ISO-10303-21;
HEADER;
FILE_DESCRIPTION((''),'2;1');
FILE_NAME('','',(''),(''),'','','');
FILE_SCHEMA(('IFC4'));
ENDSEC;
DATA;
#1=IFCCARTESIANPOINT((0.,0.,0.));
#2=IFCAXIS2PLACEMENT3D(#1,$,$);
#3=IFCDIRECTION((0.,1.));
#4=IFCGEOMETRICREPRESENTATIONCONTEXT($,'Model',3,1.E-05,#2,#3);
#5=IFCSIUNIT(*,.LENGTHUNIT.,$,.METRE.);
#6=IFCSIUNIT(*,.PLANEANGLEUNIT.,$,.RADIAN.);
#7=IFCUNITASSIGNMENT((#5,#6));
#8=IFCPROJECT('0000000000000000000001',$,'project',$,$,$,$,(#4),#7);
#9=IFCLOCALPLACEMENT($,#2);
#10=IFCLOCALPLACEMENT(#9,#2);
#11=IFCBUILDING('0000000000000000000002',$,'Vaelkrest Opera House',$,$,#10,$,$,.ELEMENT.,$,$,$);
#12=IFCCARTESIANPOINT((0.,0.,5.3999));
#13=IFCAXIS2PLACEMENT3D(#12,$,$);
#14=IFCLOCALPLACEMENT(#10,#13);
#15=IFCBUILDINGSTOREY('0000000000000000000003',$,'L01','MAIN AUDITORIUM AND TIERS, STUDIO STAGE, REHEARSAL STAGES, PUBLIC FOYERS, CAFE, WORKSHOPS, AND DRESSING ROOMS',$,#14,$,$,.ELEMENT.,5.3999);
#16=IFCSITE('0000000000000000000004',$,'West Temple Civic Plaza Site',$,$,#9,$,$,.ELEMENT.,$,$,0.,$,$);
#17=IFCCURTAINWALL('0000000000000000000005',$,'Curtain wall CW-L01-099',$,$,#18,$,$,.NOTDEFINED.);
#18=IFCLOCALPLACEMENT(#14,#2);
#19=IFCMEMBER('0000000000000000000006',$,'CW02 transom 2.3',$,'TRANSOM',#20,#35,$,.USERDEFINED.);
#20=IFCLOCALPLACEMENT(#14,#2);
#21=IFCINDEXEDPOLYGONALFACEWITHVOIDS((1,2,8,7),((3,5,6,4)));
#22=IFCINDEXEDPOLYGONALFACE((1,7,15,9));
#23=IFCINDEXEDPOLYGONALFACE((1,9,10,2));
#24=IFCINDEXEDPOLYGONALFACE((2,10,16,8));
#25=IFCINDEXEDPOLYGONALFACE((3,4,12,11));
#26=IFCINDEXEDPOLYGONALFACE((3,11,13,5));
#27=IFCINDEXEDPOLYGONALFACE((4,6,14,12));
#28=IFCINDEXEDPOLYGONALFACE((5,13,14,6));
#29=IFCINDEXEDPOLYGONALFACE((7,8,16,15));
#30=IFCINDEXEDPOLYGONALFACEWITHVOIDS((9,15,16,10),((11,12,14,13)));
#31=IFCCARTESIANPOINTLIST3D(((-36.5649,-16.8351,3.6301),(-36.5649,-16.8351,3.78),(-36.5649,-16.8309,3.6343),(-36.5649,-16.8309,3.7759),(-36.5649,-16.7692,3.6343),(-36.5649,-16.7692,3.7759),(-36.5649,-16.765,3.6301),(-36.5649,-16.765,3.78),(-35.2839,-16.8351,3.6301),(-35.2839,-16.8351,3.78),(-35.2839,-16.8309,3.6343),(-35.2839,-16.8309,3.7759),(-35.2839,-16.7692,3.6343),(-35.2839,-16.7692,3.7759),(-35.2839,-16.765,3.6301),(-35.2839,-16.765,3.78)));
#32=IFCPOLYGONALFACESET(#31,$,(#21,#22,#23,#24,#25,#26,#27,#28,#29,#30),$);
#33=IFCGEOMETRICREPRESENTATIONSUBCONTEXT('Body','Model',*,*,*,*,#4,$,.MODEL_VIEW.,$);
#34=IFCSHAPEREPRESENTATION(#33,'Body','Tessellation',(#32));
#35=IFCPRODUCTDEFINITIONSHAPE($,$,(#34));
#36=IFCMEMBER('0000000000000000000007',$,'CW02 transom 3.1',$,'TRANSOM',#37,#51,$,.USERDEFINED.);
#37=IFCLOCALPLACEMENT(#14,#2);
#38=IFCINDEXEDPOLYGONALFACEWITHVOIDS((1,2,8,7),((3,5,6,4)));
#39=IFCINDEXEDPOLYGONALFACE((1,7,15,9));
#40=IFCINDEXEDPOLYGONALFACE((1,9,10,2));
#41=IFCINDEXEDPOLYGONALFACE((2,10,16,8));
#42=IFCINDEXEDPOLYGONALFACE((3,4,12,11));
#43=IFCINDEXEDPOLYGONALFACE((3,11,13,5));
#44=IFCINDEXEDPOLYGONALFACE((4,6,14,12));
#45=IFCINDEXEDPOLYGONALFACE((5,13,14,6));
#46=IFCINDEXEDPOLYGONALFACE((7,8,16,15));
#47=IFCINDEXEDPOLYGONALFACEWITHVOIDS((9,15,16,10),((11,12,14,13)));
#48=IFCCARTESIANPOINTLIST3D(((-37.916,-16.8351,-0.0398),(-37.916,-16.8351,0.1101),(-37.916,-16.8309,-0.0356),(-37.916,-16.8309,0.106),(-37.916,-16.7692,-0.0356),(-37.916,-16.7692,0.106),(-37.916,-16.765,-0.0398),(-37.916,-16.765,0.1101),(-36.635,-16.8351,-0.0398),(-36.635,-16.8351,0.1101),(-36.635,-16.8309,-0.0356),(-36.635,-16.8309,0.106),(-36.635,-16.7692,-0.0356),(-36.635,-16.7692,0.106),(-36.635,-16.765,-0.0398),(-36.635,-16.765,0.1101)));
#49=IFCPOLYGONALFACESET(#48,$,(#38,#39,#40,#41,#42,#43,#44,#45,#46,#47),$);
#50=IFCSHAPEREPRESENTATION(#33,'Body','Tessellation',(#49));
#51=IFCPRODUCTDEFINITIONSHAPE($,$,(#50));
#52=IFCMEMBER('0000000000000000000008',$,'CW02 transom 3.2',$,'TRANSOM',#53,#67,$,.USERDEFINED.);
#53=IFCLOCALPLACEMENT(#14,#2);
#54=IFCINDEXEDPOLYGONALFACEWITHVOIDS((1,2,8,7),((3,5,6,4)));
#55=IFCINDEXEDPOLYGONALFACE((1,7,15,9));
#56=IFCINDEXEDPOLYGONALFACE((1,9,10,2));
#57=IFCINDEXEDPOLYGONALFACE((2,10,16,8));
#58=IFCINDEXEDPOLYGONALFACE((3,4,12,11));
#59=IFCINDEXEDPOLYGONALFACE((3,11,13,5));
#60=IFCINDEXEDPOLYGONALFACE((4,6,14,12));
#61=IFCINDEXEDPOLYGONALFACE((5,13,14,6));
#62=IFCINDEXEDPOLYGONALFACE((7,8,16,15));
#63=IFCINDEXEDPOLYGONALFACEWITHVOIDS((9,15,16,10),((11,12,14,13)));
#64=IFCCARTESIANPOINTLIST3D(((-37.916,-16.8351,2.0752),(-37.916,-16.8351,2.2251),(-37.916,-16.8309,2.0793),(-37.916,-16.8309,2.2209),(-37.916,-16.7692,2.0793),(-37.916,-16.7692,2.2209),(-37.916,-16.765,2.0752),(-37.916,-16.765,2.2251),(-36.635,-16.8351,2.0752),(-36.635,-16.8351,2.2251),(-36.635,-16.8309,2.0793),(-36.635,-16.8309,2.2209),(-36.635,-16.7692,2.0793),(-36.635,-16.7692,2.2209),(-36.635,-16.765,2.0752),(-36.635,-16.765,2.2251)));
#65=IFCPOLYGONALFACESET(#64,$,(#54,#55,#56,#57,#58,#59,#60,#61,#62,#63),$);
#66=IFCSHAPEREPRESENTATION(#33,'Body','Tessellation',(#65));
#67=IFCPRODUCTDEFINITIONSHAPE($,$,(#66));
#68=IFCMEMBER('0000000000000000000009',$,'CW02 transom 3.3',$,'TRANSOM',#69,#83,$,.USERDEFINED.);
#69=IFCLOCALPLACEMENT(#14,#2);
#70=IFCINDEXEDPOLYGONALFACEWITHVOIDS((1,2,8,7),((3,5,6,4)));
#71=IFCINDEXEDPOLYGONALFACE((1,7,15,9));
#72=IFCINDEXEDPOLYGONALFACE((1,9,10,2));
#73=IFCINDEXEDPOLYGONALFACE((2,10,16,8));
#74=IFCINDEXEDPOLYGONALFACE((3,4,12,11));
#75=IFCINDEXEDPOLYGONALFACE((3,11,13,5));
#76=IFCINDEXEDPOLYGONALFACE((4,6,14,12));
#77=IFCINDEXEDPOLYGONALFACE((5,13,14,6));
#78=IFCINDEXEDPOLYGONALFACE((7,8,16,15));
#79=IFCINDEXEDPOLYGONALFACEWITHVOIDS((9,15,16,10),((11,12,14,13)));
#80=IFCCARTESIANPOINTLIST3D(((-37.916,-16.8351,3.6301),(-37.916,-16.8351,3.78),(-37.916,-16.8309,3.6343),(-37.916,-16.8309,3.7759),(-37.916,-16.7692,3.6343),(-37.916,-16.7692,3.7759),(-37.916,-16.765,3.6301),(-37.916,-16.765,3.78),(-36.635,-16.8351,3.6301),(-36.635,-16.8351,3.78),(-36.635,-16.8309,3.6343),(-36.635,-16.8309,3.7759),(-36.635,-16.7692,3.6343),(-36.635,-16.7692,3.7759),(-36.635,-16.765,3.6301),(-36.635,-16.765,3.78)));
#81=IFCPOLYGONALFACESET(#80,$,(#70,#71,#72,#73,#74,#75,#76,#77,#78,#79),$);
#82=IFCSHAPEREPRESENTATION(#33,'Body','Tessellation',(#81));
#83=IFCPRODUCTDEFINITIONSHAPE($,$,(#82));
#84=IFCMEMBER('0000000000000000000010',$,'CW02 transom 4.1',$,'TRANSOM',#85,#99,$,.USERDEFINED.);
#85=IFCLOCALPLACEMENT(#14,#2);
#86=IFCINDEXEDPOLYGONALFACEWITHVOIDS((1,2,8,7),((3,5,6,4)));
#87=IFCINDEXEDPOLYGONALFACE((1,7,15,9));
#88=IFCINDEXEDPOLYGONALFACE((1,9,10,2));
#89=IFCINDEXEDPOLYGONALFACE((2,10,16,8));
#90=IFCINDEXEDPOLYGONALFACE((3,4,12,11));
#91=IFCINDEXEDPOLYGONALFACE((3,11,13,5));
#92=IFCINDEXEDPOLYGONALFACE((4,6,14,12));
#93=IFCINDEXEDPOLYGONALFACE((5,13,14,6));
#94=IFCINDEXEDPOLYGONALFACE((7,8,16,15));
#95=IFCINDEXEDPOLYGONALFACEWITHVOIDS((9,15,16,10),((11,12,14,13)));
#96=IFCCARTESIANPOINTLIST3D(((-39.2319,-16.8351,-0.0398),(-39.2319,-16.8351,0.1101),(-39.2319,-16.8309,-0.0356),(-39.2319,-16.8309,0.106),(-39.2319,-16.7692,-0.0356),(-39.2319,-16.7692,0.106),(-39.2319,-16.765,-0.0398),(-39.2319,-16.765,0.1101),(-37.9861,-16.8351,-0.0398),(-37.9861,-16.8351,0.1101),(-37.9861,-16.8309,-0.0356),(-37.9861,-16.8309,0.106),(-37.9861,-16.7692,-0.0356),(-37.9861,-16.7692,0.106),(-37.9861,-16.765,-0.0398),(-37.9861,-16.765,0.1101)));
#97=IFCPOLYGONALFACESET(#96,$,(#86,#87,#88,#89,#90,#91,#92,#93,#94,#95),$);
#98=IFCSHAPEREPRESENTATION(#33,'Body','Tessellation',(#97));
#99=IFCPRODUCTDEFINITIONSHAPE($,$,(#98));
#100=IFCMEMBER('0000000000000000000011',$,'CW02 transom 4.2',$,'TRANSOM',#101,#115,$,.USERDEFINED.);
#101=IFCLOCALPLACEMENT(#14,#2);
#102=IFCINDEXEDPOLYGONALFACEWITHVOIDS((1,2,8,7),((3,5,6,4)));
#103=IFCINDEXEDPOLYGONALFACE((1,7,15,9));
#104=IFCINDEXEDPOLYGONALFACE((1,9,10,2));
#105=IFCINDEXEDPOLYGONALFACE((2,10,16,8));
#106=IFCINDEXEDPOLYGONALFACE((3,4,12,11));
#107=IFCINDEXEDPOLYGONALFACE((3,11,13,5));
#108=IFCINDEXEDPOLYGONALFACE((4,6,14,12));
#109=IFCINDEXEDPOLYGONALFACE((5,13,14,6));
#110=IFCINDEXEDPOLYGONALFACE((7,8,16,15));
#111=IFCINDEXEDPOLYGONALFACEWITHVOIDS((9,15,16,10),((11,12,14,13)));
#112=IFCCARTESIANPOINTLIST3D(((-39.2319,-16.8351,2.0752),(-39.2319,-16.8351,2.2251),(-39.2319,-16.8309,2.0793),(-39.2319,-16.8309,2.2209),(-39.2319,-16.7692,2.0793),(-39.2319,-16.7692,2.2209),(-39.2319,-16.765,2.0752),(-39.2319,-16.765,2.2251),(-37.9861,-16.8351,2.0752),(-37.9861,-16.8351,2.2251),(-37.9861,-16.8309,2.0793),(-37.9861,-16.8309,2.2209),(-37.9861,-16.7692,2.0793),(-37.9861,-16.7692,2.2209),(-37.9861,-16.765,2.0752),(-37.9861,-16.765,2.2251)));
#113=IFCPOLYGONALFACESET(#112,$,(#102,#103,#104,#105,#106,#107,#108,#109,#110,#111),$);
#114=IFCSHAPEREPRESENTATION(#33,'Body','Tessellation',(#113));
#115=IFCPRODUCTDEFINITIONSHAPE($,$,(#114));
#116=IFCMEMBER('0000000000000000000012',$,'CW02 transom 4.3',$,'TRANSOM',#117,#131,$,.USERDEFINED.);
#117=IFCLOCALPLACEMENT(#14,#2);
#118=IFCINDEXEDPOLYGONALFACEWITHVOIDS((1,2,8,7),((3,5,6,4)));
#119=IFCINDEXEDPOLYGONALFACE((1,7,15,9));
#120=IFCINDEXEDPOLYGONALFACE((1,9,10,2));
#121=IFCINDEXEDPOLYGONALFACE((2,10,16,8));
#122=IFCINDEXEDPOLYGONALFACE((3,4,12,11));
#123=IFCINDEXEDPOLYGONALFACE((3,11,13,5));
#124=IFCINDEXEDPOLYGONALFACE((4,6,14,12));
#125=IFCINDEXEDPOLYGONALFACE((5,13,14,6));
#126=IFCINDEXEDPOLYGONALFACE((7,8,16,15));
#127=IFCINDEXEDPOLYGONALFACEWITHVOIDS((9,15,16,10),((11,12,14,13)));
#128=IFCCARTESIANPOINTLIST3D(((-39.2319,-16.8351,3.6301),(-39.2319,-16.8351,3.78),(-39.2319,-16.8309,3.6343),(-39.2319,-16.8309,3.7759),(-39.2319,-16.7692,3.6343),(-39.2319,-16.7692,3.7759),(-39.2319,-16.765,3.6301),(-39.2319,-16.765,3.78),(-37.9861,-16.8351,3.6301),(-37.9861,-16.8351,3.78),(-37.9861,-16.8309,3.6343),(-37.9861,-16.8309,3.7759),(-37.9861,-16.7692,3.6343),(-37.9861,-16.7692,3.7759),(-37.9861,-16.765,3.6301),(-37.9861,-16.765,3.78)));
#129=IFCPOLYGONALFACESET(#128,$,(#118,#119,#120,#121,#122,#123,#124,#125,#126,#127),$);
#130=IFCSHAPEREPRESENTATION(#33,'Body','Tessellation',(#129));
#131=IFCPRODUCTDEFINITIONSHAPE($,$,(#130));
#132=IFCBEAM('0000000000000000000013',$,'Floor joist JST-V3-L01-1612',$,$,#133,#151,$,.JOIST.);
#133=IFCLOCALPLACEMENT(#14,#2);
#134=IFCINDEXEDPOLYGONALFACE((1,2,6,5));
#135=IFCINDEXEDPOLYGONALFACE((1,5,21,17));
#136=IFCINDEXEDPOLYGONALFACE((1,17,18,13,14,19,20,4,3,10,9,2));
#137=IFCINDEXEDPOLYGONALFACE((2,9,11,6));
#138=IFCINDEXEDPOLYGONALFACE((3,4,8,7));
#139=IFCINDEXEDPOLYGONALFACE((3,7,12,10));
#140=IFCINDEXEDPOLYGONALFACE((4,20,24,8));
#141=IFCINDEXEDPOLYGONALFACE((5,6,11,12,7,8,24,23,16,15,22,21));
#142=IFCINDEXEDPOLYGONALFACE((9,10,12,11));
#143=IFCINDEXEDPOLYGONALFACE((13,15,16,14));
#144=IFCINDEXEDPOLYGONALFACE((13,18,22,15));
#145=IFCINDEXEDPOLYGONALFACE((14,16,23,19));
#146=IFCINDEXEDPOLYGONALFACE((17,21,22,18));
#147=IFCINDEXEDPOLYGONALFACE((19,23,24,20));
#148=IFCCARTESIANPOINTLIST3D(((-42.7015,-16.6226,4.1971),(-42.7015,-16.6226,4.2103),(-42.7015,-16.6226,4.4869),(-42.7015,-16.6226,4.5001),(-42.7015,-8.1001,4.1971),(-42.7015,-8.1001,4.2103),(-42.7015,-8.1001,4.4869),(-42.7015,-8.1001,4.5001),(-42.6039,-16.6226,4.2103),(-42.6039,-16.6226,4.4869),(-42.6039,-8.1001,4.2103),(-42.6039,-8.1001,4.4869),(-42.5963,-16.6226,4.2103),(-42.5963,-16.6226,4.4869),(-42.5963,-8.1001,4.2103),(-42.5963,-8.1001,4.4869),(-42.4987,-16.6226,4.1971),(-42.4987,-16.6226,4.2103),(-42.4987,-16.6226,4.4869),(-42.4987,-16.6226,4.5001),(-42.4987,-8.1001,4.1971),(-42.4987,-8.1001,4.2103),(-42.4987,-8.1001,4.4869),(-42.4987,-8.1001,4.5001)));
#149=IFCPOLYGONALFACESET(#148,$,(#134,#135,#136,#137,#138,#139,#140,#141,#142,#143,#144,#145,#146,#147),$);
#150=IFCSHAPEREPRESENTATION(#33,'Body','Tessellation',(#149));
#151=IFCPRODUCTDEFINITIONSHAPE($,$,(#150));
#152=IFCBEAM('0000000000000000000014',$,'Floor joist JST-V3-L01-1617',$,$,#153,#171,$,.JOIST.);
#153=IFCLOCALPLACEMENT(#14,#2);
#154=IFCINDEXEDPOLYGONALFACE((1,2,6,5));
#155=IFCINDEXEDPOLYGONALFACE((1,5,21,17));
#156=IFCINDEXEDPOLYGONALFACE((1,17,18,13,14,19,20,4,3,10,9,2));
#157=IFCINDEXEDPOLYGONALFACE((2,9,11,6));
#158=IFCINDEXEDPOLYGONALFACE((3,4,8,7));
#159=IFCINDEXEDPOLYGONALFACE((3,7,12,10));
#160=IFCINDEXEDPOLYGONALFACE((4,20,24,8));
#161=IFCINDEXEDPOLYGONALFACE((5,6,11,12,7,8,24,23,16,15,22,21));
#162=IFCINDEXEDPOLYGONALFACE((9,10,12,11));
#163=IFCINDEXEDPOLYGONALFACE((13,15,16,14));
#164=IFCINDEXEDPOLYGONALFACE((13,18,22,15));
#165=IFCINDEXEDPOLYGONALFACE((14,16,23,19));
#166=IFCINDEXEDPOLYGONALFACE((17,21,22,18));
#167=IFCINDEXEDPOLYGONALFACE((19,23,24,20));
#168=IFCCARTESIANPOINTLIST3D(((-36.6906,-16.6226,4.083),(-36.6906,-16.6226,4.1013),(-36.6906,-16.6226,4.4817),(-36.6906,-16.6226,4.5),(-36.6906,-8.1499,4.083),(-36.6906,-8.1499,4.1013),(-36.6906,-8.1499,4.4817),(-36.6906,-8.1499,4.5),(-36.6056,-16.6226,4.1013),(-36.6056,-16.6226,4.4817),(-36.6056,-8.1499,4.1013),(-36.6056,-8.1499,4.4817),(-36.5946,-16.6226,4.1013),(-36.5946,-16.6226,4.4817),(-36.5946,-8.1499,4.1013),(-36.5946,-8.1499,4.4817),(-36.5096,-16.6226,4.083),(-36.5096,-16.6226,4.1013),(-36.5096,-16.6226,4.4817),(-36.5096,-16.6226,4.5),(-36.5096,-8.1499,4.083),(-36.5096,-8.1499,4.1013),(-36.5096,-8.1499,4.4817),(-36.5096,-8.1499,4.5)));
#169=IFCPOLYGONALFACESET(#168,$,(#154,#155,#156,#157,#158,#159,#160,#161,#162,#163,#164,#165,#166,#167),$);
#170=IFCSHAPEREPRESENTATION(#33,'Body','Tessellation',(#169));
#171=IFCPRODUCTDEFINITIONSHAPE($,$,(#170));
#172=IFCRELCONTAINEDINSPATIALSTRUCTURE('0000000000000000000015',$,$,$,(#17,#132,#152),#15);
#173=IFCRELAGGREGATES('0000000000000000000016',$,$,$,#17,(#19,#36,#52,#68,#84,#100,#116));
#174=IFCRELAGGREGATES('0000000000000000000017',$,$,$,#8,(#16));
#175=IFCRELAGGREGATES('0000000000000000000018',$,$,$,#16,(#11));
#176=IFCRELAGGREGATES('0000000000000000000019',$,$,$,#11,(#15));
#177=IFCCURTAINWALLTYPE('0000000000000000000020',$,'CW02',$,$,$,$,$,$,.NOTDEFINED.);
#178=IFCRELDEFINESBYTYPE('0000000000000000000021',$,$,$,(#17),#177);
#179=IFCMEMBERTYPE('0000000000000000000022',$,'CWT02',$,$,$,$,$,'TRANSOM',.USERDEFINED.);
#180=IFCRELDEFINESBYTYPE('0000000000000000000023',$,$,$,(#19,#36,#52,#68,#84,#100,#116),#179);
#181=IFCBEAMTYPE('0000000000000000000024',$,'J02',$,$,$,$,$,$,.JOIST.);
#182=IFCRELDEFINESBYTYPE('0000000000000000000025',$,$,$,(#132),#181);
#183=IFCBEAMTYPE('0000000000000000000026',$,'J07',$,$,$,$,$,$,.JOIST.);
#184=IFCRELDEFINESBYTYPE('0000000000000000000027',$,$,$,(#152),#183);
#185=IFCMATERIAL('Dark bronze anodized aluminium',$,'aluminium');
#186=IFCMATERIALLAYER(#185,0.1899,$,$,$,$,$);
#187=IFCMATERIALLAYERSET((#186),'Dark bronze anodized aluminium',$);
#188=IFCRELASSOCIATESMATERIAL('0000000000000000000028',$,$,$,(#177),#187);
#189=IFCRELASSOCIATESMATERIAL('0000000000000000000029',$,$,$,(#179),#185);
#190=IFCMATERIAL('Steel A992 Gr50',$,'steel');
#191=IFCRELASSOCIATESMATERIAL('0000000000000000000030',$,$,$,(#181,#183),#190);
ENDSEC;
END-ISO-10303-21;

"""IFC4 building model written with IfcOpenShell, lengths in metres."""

from ifc_helpers import new_model, si_unit, direction, frame, origin, origin_2d, place, context, subcontext, project, spatial, hollow_rectangle, i_section, extrude, material, layer, layer_set, material_profile, profile_set, type_object, element, aggregate, save


model = new_model("IFC4")

# Units and contexts
model_context = context("Model", 3, precision=1e-05, world=origin(), true_north=direction((0.0, 1.0)))
body_context = subcontext(model_context, "Body", "Model", "MODEL_VIEW")
ifc_project = project(units=[si_unit("LENGTHUNIT", "METRE"), si_unit("PLANEANGLEUNIT", "RADIAN")], contexts=[model_context])

# Site, building, storey
site_placement = place(None, origin())
site = spatial("IfcSite", under=ifc_project, at=site_placement, Name="West Temple Civic Plaza Site", CompositionType="ELEMENT", RefElevation=0.0)
building_placement = place(site_placement, origin())
building = spatial("IfcBuilding", under=site, at=building_placement, Name="Vaelkrest Opera House", CompositionType="ELEMENT")
storey_placement = place(building_placement, frame((0.0, 0.0, 5.3999)))
storey = spatial("IfcBuildingStorey", under=building, at=storey_placement, Name="L01", Description="MAIN AUDITORIUM AND TIERS, STUDIO STAGE, REHEARSAL STAGES, PUBLIC FOYERS, CAFE, WORKSHOPS, AND DRESSING ROOMS", CompositionType="ELEMENT", Elevation=5.3999)

# Curtain wall, members
ifc_material_1 = material(Name="Dark bronze anodized aluminium", Category="aluminium")
ifc_layer_1 = layer(ifc_material_1, 0.1899)
ifc_layer_set_1 = layer_set([ifc_layer_1], Name="Dark bronze anodized aluminium")
curtain_wall_type = type_object("IfcCurtainWallType", Name="CW02", PredefinedType="NOTDEFINED", material=ifc_layer_set_1)
curtain_wall_placement = place(storey_placement, origin())
curtain_wall = element("IfcCurtainWall", 1, at=curtain_wall_placement, inside=storey, type_object=curtain_wall_type, Name="Curtain wall CW-L01-099", PredefinedType="NOTDEFINED")
ifc_material_profile_1 = material_profile(ifc_material_1, hollow_rectangle(XDim=0.0701, YDim=0.1499, WallThickness=0.0042, at=origin_2d()), Name="CWT70X150")
ifc_profile_set_1 = profile_set([ifc_material_profile_1], Name="Dark bronze anodized aluminium")
member_type_1 = type_object("IfcMemberType", Name="CWT02", ElementType="TRANSOM", PredefinedType="USERDEFINED", material=ifc_profile_set_1)
member_1_placement = place(storey_placement, frame((-35.2839, -16.8, 3.7051), z_axis=(-1.0, 0.0, 0.0), x_axis=(0.0, -1.0, 0.0)))
member_1 = element("IfcMember", 2, at=member_1_placement, type_object=member_type_1, Name="CW02 transom 2.3", ObjectType="TRANSOM", PredefinedType="USERDEFINED", context=body_context, shape_type="SweptSolid", body=[
    extrude(hollow_rectangle(XDim=0.0701, YDim=0.1499, WallThickness=0.0042, at=origin_2d()), origin(), (0.0, 0.0, 1.0), 1.281),
])
member_2_placement = place(storey_placement, frame((-36.635, -16.8, 0.0352), z_axis=(-1.0, 0.0, 0.0), x_axis=(0.0, -1.0, 0.0)))
member_2 = element("IfcMember", 3, at=member_2_placement, type_object=member_type_1, Name="CW02 transom 3.1", ObjectType="TRANSOM", PredefinedType="USERDEFINED", context=body_context, shape_type="SweptSolid", body=[
    extrude(hollow_rectangle(XDim=0.0701, YDim=0.1499, WallThickness=0.0042, at=origin_2d()), origin(), (0.0, 0.0, 1.0), 1.281),
])
member_3_placement = place(storey_placement, frame((-36.635, -16.8, 2.1501), z_axis=(-1.0, 0.0, 0.0), x_axis=(0.0, -1.0, 0.0)))
member_3 = element("IfcMember", 4, at=member_3_placement, type_object=member_type_1, Name="CW02 transom 3.2", ObjectType="TRANSOM", PredefinedType="USERDEFINED", context=body_context, shape_type="SweptSolid", body=[
    extrude(hollow_rectangle(XDim=0.0701, YDim=0.1499, WallThickness=0.0042, at=origin_2d()), origin(), (0.0, 0.0, 1.0), 1.281),
])
member_4_placement = place(storey_placement, frame((-36.635, -16.8, 3.7051), z_axis=(-1.0, 0.0, 0.0), x_axis=(0.0, -1.0, 0.0)))
member_4 = element("IfcMember", 5, at=member_4_placement, type_object=member_type_1, Name="CW02 transom 3.3", ObjectType="TRANSOM", PredefinedType="USERDEFINED", context=body_context, shape_type="SweptSolid", body=[
    extrude(hollow_rectangle(XDim=0.0701, YDim=0.1499, WallThickness=0.0042, at=origin_2d()), origin(), (0.0, 0.0, 1.0), 1.281),
])
member_5_placement = place(storey_placement, frame((-37.9861, -16.8, 0.0352), z_axis=(-1.0, 0.0, 0.0), x_axis=(0.0, -1.0, 0.0)))
member_5 = element("IfcMember", 6, at=member_5_placement, type_object=member_type_1, Name="CW02 transom 4.1", ObjectType="TRANSOM", PredefinedType="USERDEFINED", context=body_context, shape_type="SweptSolid", body=[
    extrude(hollow_rectangle(XDim=0.0701, YDim=0.1499, WallThickness=0.0042, at=origin_2d()), origin(), (0.0, 0.0, 1.0), 1.2458),
])
member_6_placement = place(storey_placement, frame((-37.9861, -16.8, 2.1501), z_axis=(-1.0, 0.0, 0.0), x_axis=(0.0, -1.0, 0.0)))
member_6 = element("IfcMember", 7, at=member_6_placement, type_object=member_type_1, Name="CW02 transom 4.2", ObjectType="TRANSOM", PredefinedType="USERDEFINED", context=body_context, shape_type="SweptSolid", body=[
    extrude(hollow_rectangle(XDim=0.0701, YDim=0.1499, WallThickness=0.0042, at=origin_2d()), origin(), (0.0, 0.0, 1.0), 1.2458),
])
member_7_placement = place(storey_placement, frame((-37.9861, -16.8, 3.7051), z_axis=(-1.0, 0.0, 0.0), x_axis=(0.0, -1.0, 0.0)))
member_7 = element("IfcMember", 8, at=member_7_placement, type_object=member_type_1, Name="CW02 transom 4.3", ObjectType="TRANSOM", PredefinedType="USERDEFINED", context=body_context, shape_type="SweptSolid", body=[
    extrude(hollow_rectangle(XDim=0.0701, YDim=0.1499, WallThickness=0.0042, at=origin_2d()), origin(), (0.0, 0.0, 1.0), 1.2458),
])

# Beams
ifc_material_2 = material(Name="Steel A992 Gr50", Category="steel")
ifc_material_profile_2 = material_profile(ifc_material_2, i_section(OverallWidth=0.2029, OverallDepth=0.303, WebThickness=0.0076, FlangeThickness=0.0132, at=origin_2d()), Name="W12X40")
ifc_profile_set_2 = profile_set([ifc_material_profile_2], Name="Steel A992 Gr50")
beam_type_1 = type_object("IfcBeamType", Name="J02", PredefinedType="JOIST", material=ifc_profile_set_2)
beam_1_placement = place(storey_placement, frame((-42.6001, -16.6226, 4.3486), z_axis=(0.0, 1.0, 0.0), x_axis=(-1.0, 0.0, 0.0)))
element("IfcBeam", 9, at=beam_1_placement, inside=storey, type_object=beam_type_1, Name="Floor joist JST-V3-L01-1612", PredefinedType="JOIST", context=body_context, shape_type="SweptSolid", body=[
    extrude(i_section(OverallWidth=0.2029, OverallDepth=0.303, WebThickness=0.0076, FlangeThickness=0.0132, at=origin_2d()), origin(), (0.0, 0.0, 1.0), 8.5225),
])
ifc_material_profile_3 = material_profile(ifc_material_2, i_section(OverallWidth=0.1809, OverallDepth=0.417, WebThickness=0.011, FlangeThickness=0.0183, at=origin_2d()), Name="W16X57")
ifc_profile_set_3 = profile_set([ifc_material_profile_3], Name="Steel A992 Gr50")
beam_type_2 = type_object("IfcBeamType", Name="J07", PredefinedType="JOIST", material=ifc_profile_set_3)
beam_2_placement = place(storey_placement, frame((-36.6001, -16.6226, 4.2915), z_axis=(0.0, 1.0, 0.0), x_axis=(-1.0, 0.0, 0.0)))
element("IfcBeam", 10, at=beam_2_placement, inside=storey, type_object=beam_type_2, Name="Floor joist JST-V3-L01-1617", PredefinedType="JOIST", context=body_context, shape_type="SweptSolid", body=[
    extrude(i_section(OverallWidth=0.1809, OverallDepth=0.417, WebThickness=0.011, FlangeThickness=0.0183, at=origin_2d()), origin(), (0.0, 0.0, 1.0), 8.4727),
])

aggregate(curtain_wall, [member_1, member_2, member_3, member_4, member_5, member_6, member_7])

save(model, "model.ifc")
